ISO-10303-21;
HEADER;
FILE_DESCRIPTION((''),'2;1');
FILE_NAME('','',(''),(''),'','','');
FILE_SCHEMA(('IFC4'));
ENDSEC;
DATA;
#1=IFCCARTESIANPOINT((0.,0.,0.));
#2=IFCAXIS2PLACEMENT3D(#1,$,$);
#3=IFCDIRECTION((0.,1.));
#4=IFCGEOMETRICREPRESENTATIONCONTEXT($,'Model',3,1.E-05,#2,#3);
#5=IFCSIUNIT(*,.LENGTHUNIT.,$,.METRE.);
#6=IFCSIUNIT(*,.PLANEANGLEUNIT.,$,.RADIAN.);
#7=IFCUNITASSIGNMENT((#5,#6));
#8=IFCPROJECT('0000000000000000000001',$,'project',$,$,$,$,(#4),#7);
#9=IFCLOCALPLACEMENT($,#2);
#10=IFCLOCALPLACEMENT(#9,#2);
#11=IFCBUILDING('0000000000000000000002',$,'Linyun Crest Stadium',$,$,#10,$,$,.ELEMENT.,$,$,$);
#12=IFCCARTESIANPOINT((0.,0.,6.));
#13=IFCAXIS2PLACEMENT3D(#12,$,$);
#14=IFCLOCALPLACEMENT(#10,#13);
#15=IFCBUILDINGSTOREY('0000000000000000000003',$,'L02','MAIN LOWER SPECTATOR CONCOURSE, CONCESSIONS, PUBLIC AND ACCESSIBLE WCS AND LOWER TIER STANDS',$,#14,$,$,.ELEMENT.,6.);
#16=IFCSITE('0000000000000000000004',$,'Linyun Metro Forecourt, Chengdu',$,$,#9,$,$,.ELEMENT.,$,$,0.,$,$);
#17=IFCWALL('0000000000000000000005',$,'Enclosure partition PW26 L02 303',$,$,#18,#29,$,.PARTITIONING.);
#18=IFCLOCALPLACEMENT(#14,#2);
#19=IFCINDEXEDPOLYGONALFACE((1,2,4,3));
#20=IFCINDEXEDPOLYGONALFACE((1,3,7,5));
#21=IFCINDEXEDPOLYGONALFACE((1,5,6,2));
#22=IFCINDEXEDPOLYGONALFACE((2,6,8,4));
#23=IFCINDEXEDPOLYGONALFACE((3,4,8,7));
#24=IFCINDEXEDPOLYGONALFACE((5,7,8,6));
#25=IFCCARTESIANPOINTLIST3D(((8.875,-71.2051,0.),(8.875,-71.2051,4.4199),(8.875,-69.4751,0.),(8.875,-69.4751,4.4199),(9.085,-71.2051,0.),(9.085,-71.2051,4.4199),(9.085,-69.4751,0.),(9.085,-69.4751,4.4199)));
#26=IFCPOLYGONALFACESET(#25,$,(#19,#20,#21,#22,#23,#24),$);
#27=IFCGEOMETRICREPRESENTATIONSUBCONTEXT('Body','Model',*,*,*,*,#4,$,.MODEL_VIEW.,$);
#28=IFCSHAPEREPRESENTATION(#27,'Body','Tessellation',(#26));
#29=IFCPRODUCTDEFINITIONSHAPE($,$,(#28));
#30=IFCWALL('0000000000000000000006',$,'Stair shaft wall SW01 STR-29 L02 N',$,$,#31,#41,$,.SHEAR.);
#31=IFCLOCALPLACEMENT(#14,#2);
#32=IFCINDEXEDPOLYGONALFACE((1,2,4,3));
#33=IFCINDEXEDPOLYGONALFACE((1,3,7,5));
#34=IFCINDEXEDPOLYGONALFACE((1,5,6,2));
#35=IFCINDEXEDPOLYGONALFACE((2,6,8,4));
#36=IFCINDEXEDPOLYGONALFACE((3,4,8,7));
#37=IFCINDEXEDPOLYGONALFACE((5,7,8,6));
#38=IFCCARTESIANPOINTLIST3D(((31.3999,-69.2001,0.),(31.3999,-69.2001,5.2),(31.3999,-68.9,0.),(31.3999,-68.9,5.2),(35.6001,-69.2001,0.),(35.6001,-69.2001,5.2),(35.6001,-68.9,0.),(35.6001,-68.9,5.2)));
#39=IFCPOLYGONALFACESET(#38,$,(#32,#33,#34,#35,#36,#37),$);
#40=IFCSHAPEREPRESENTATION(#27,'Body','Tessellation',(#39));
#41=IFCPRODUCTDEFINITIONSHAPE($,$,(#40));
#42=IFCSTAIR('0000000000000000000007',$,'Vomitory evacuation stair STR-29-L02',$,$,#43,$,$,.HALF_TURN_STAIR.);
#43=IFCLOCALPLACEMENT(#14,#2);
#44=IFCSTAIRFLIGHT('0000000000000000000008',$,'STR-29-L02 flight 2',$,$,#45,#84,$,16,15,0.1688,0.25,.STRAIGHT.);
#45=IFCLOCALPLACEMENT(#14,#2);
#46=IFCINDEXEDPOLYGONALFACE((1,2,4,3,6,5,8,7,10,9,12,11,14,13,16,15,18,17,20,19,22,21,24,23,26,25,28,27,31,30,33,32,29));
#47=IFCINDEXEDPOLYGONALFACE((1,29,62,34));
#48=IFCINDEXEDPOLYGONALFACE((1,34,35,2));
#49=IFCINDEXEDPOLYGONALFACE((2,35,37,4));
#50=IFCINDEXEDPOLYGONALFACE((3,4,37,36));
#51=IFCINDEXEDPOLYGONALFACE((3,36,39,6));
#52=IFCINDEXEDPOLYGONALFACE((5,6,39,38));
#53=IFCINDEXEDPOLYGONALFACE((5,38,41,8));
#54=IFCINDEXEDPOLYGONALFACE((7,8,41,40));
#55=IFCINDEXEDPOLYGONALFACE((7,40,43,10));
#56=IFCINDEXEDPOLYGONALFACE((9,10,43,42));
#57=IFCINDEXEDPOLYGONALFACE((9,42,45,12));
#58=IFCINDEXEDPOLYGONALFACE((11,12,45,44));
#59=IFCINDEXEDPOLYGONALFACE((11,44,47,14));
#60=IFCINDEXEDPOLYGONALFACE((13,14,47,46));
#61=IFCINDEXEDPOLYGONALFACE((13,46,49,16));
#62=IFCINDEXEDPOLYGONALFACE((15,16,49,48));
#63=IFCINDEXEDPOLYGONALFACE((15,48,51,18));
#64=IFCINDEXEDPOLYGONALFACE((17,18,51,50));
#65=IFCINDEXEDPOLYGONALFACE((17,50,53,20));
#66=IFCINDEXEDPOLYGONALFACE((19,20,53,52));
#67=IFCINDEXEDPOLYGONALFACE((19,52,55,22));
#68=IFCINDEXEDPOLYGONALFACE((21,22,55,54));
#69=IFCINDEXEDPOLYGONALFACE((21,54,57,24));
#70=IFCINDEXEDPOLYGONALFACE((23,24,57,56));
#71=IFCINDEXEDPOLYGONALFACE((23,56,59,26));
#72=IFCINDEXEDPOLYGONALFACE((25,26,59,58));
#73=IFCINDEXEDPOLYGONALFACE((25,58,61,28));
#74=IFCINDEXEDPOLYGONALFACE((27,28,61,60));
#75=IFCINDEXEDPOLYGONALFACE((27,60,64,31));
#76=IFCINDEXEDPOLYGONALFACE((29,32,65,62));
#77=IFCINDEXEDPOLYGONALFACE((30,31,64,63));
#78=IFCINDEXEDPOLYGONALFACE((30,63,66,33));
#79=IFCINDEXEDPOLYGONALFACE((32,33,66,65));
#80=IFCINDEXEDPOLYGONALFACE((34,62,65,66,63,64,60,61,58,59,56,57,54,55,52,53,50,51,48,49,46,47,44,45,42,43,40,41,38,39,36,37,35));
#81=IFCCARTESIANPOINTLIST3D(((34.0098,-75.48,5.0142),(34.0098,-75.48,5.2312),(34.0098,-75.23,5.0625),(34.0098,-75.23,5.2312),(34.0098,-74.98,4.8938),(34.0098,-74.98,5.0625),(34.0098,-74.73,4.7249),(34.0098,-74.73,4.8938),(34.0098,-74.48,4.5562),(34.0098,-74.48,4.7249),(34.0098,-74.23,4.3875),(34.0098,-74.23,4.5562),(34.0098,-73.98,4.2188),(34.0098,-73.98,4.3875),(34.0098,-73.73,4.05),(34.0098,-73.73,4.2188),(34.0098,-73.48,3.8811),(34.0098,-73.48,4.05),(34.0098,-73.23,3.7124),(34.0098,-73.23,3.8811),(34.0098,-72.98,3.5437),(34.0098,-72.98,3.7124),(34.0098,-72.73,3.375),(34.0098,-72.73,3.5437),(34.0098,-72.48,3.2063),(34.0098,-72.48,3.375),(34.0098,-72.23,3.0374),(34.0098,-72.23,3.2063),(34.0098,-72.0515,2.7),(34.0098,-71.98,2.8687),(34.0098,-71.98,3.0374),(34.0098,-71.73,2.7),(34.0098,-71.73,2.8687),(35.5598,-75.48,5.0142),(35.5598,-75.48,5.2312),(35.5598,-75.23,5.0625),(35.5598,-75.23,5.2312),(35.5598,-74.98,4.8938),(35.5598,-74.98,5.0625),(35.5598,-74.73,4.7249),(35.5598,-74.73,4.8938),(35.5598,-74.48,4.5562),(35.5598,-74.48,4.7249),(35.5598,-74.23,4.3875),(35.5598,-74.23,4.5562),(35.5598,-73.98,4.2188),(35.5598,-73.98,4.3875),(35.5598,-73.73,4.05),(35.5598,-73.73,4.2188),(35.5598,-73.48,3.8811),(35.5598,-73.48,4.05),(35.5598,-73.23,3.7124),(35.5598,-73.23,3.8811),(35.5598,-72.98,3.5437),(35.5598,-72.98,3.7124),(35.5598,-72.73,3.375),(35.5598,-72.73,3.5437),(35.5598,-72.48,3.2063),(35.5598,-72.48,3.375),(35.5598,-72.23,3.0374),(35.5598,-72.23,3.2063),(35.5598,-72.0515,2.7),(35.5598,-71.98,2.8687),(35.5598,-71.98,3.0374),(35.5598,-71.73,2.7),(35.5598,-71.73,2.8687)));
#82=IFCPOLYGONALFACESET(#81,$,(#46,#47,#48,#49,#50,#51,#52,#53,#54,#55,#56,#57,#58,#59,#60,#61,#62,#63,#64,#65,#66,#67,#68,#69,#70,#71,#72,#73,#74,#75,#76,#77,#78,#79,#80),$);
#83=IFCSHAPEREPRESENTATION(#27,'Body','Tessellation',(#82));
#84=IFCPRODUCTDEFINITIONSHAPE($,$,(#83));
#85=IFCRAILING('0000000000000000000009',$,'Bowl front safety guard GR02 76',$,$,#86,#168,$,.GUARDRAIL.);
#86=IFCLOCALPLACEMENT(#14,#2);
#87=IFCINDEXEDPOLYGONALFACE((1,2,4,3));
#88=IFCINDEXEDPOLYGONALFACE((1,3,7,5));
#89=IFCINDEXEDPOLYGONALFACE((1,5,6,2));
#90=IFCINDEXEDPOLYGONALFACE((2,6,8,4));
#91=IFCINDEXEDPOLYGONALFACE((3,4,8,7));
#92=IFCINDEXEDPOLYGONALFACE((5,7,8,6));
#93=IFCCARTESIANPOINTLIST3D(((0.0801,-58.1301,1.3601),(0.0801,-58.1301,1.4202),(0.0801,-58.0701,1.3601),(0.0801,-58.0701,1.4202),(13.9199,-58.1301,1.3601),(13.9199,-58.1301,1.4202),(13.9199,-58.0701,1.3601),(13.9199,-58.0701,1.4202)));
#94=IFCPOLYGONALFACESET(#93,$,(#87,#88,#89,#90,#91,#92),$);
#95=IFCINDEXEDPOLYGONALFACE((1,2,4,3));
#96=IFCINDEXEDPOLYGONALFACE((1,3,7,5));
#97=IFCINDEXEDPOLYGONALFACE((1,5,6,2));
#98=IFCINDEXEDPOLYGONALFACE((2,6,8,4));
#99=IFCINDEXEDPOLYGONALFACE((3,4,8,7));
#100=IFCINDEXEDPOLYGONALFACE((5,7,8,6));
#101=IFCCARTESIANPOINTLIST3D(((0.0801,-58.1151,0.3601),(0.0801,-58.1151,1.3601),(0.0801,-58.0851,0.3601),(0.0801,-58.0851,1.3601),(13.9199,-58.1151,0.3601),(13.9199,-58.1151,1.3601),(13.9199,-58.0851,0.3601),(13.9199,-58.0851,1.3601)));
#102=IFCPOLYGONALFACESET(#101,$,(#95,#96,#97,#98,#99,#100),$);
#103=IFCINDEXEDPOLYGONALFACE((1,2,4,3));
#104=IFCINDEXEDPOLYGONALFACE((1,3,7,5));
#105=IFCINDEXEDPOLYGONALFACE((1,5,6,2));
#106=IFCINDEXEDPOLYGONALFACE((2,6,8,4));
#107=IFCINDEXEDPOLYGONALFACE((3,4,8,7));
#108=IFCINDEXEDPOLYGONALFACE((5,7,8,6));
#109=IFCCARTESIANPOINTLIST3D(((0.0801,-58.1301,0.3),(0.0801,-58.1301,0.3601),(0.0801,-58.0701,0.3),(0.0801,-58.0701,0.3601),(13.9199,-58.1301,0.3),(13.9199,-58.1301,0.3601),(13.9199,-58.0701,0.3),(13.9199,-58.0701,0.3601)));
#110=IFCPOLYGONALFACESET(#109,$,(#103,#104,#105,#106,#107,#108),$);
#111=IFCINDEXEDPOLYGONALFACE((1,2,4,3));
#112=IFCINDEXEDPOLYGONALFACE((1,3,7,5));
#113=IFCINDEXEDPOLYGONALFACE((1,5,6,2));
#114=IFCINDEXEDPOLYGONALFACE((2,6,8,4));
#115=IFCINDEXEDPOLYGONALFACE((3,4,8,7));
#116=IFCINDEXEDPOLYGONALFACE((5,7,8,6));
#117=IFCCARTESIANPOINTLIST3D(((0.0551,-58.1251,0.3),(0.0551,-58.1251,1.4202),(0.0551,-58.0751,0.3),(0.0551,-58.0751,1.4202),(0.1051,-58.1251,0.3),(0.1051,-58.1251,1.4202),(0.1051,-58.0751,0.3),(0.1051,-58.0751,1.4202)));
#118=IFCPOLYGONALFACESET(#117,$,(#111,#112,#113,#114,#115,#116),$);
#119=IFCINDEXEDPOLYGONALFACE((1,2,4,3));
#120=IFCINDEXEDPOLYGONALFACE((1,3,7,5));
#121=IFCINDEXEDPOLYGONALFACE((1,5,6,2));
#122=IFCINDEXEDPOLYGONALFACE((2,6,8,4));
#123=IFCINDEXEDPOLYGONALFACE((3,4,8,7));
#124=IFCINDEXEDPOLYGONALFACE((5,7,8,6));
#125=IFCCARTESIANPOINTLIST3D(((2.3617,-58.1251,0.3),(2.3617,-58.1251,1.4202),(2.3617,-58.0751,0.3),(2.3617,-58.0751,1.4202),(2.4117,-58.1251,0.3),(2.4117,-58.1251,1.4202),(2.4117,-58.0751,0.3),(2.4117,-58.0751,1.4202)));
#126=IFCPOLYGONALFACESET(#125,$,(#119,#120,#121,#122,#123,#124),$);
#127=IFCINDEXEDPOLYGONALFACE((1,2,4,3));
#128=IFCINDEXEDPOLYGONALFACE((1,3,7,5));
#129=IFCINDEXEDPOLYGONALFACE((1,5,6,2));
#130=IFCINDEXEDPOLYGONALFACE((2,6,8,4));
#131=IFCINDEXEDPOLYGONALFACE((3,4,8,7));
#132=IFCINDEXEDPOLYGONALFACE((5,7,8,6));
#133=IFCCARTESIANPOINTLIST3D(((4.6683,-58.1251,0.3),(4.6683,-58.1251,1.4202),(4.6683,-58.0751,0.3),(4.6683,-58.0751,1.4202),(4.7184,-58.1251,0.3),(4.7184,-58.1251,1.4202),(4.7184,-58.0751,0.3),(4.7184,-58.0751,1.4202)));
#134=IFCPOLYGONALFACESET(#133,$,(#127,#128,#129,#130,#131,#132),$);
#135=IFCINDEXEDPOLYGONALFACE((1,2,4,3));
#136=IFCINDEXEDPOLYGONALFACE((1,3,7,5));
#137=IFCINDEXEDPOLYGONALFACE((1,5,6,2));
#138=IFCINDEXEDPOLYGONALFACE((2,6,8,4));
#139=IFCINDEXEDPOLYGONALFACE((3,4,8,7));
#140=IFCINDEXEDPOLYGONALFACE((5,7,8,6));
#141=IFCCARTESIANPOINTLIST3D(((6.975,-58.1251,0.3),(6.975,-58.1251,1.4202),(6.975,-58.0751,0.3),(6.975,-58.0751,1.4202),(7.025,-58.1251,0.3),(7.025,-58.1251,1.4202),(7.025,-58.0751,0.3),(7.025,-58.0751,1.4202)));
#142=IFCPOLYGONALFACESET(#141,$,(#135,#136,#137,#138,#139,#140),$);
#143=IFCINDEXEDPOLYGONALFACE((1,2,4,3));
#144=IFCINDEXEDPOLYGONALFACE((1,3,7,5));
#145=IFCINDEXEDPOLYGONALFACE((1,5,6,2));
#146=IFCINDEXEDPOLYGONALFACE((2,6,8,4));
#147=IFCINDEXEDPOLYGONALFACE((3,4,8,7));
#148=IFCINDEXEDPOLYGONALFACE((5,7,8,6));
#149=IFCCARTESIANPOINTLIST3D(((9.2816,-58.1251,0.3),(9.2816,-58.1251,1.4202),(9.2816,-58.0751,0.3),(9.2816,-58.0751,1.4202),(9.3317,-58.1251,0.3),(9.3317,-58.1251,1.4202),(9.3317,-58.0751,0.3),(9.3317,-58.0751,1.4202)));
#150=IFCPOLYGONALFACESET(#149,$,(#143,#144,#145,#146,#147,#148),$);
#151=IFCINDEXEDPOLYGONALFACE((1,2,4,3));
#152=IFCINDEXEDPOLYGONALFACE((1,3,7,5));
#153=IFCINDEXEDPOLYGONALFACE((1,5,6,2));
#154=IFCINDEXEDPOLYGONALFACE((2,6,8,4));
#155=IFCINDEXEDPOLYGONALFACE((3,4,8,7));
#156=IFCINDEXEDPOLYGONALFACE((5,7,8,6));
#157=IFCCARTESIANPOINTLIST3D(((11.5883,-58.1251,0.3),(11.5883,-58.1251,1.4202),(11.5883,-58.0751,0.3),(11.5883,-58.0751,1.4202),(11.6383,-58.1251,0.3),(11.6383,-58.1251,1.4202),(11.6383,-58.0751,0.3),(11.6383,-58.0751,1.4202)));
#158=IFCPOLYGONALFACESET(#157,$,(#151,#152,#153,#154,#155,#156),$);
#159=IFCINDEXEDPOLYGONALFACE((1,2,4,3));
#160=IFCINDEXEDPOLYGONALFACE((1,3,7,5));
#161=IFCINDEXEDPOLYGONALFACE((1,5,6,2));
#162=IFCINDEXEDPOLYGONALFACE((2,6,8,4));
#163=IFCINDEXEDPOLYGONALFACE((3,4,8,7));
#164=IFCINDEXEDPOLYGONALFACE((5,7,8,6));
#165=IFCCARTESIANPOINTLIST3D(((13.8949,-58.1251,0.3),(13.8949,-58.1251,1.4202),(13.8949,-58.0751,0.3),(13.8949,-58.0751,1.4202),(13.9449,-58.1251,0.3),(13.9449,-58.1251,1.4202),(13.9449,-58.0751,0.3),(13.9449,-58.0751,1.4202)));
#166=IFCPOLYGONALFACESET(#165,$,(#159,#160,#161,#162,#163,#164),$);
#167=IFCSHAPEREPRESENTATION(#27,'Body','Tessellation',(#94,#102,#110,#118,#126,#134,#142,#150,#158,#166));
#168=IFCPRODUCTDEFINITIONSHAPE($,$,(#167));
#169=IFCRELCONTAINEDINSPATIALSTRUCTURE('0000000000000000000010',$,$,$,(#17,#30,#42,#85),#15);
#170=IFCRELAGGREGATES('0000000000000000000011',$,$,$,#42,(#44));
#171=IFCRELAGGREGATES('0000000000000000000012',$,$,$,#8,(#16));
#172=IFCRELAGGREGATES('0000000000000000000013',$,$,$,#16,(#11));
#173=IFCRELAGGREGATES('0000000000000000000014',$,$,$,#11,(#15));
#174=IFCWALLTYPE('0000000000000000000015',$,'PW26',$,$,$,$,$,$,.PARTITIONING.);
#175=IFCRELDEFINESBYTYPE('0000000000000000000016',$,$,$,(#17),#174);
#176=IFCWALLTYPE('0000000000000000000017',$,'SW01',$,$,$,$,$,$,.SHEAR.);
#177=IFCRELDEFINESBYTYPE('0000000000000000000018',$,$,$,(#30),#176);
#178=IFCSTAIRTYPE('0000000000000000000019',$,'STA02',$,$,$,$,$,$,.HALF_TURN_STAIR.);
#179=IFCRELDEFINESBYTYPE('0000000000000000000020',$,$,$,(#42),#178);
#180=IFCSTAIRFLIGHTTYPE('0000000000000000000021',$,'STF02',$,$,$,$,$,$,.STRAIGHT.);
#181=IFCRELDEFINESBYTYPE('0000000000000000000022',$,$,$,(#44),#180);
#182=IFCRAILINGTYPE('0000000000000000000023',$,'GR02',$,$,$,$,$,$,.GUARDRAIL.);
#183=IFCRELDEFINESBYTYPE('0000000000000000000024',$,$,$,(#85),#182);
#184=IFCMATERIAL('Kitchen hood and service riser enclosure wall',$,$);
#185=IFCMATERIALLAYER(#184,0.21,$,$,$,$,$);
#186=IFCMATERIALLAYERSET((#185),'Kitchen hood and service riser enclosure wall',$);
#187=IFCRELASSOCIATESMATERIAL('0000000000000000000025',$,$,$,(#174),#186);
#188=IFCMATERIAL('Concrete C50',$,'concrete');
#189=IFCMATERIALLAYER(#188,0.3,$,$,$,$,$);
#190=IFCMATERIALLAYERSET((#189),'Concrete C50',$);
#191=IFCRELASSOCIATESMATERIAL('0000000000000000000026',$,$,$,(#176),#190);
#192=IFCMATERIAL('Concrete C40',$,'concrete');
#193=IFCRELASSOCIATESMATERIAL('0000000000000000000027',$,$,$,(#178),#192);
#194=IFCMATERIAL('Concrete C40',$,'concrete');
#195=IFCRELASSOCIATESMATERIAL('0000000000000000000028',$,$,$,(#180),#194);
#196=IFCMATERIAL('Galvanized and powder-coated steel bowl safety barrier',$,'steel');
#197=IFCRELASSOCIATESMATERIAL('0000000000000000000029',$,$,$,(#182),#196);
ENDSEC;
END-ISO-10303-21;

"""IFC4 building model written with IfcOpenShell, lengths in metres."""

from ifc_helpers import new_model, si_unit, direction, frame, frame_2d, origin, origin_2d, place, context, subcontext, project, spatial, polyline, rectangle, outline, extrude, material, layer, layer_set, type_object, element, aggregate, save


model = new_model("IFC4")

# Units and contexts
model_context = context("Model", 3, precision=1e-05, world=origin(), true_north=direction((0.0, 1.0)))
body_context = subcontext(model_context, "Body", "Model", "MODEL_VIEW")
ifc_project = project(units=[si_unit("LENGTHUNIT", "METRE"), si_unit("PLANEANGLEUNIT", "RADIAN")], contexts=[model_context])

# Site, building, storey
site_placement = place(None, origin())
site = spatial("IfcSite", under=ifc_project, at=site_placement, Name="Linyun Metro Forecourt, Chengdu", CompositionType="ELEMENT", RefElevation=0.0)
building_placement = place(site_placement, origin())
building = spatial("IfcBuilding", under=site, at=building_placement, Name="Linyun Crest Stadium", CompositionType="ELEMENT")
storey_placement = place(building_placement, frame((0.0, 0.0, 6.0)))
storey = spatial("IfcBuildingStorey", under=building, at=storey_placement, Name="L02", Description="MAIN LOWER SPECTATOR CONCOURSE, CONCESSIONS, PUBLIC AND ACCESSIBLE WCS AND LOWER TIER STANDS", CompositionType="ELEMENT", Elevation=6.0)

# Shared definitions
ifc_material_1 = material(Name="Kitchen hood and service riser enclosure wall")
ifc_layer_1 = layer(ifc_material_1, 0.21)
ifc_layer_set_1 = layer_set([ifc_layer_1], Name="Kitchen hood and service riser enclosure wall")
wall_type_1 = type_object("IfcWallType", Name="PW26", PredefinedType="PARTITIONING", material=ifc_layer_set_1)

# Walls
for number, where, z_axis, x_axis, name in (
    (1, (8.98, -71.2051, 0.0), (0.0, 0.0, 1.0), (0.0, 1.0, 0.0), "Enclosure partition PW26 L02 303"),
):
    element("IfcWall", number, at=place(storey_placement, frame(where, z_axis=z_axis, x_axis=x_axis)), inside=storey, type_object=wall_type_1, Name=name, PredefinedType="PARTITIONING", context=body_context, shape_type="SweptSolid", body=[
        extrude(rectangle(XDim=1.73, YDim=0.21, at=frame_2d((0.865, 0.0))), origin(), (0.0, 0.0, 1.0), 4.4199),
    ])
ifc_material_2 = material(Name="Concrete C50", Category="concrete")
ifc_layer_2 = layer(ifc_material_2, 0.3)
ifc_layer_set_2 = layer_set([ifc_layer_2], Name="Concrete C50")
wall_type_2 = type_object("IfcWallType", Name="SW01", PredefinedType="SHEAR", material=ifc_layer_set_2)
wall_1_placement = place(storey_placement, frame((31.3999, -69.05, 0.0), z_axis=(0.0, 0.0, 1.0), x_axis=(1.0, 0.0, 0.0)))
element("IfcWall", 2, at=wall_1_placement, inside=storey, type_object=wall_type_2, Name="Stair shaft wall SW01 STR-29 L02 N", PredefinedType="SHEAR", context=body_context, shape_type="SweptSolid", body=[
    extrude(rectangle(XDim=4.2002, YDim=0.3, at=frame_2d((2.1001, 0.0))), origin(), (0.0, 0.0, 1.0), 5.2),
])

# Stair, stair flight
ifc_material_3 = material(Name="Concrete C40", Category="concrete")
stair_type = type_object("IfcStairType", Name="STA02", PredefinedType="HALF_TURN_STAIR", material=ifc_material_3)
stair_placement = place(storey_placement, origin())
stair = element("IfcStair", 3, at=stair_placement, inside=storey, type_object=stair_type, Name="Vomitory evacuation stair STR-29-L02", PredefinedType="HALF_TURN_STAIR")
ifc_material_4 = material(Name="Concrete C40", Category="concrete")
stair_flight_type = type_object("IfcStairFlightType", Name="STF02", PredefinedType="STRAIGHT", material=ifc_material_4)
stair_flight_placement = place(storey_placement, frame((34.7849, -71.73, 2.7), z_axis=(0.0, 0.0, 1.0), x_axis=(0.0, -1.0, 0.0)))
stair_flight = element("IfcStairFlight", 4, at=stair_flight_placement, type_object=stair_flight_type, Name="STR-29-L02 flight 2", NumberOfRisers=16, NumberOfTreads=15, PredefinedType="STRAIGHT", RiserHeight=0.1688, TreadLength=0.25, context=body_context, shape_type="SweptSolid", body=[
    extrude(outline(polyline([(0.0, 0.0), (0.0, 0.1687), (0.25, 0.1687), (0.25, 0.3374), (0.5, 0.3374), (0.5, 0.5063), (0.75, 0.5063), (0.75, 0.675), (1.0, 0.675), (1.0, 0.8438), (1.25, 0.8438), (1.25, 1.0125), (1.5, 1.0125), (1.5, 1.1812), (1.75, 1.1812), (1.75, 1.3501), (2.0, 1.3501), (2.0, 1.5188), (2.25, 1.5188), (2.25, 1.6875), (2.5, 1.6875), (2.5, 1.8562), (2.75, 1.8562), (2.75, 2.0249), (3.0, 2.0249), (3.0, 2.1938), (3.25, 2.1938), (3.25, 2.3625), (3.5, 2.3625), (3.5, 2.5312), (3.75, 2.5312), (3.75, 2.7), (3.75, 2.3142), (0.3215, 0.0), (0.0, 0.0)])), frame((0.0, 0.7749, 0.0), z_axis=(0.0, -1.0, 0.0), x_axis=(1.0, 0.0, 0.0)), (0.0, 0.0, 1.0), 1.55),
])
aggregate(stair, [stair_flight])

# Railing
ifc_material_5 = material(Name="Galvanized and powder-coated steel bowl safety barrier", Category="steel")
railing_type = type_object("IfcRailingType", Name="GR02", PredefinedType="GUARDRAIL", material=ifc_material_5)
for number, where, name in (
    (5, (0.0801, -58.1001, 0.3), "Bowl front safety guard GR02 76"),
):
    element("IfcRailing", number, at=place(storey_placement, frame(where)), inside=storey, type_object=railing_type, Name=name, PredefinedType="GUARDRAIL", context=body_context, shape_type="SweptSolid", body=[
        extrude(rectangle(XDim=0.0601, YDim=0.0601, at=origin_2d()), frame((0.0, 0.0, 1.0901), z_axis=(1.0, 0.0, 0.0), x_axis=(0.0, 1.0, 0.0)), (0.0, 0.0, 1.0), 13.8398),
        extrude(rectangle(XDim=0.03, YDim=1.0, at=origin_2d()), frame((0.0, 0.0, 0.5601), z_axis=(1.0, 0.0, 0.0), x_axis=(0.0, 1.0, 0.0)), (0.0, 0.0, 1.0), 13.8398),
        extrude(rectangle(XDim=0.0601, YDim=0.0601, at=origin_2d()), frame((0.0, 0.0, 0.03), z_axis=(1.0, 0.0, 0.0), x_axis=(0.0, 1.0, 0.0)), (0.0, 0.0, 1.0), 13.8398),
        extrude(rectangle(XDim=0.05, YDim=0.05, at=origin_2d()), origin(), (0.0, 0.0, 1.0), 1.1201),
        extrude(rectangle(XDim=0.05, YDim=0.05, at=origin_2d()), frame((2.3066, 0.0, 0.0)), (0.0, 0.0, 1.0), 1.1201),
        extrude(rectangle(XDim=0.05, YDim=0.05, at=origin_2d()), frame((4.6133, 0.0, 0.0)), (0.0, 0.0, 1.0), 1.1201),
        extrude(rectangle(XDim=0.05, YDim=0.05, at=origin_2d()), frame((6.9199, 0.0, 0.0)), (0.0, 0.0, 1.0), 1.1201),
        extrude(rectangle(XDim=0.05, YDim=0.05, at=origin_2d()), frame((9.2266, 0.0, 0.0)), (0.0, 0.0, 1.0), 1.1201),
        extrude(rectangle(XDim=0.05, YDim=0.05, at=origin_2d()), frame((11.5332, 0.0, 0.0)), (0.0, 0.0, 1.0), 1.1201),
        extrude(rectangle(XDim=0.05, YDim=0.05, at=origin_2d()), frame((13.8398, 0.0, 0.0)), (0.0, 0.0, 1.0), 1.1201),
    ])

save(model, "model.ifc")
